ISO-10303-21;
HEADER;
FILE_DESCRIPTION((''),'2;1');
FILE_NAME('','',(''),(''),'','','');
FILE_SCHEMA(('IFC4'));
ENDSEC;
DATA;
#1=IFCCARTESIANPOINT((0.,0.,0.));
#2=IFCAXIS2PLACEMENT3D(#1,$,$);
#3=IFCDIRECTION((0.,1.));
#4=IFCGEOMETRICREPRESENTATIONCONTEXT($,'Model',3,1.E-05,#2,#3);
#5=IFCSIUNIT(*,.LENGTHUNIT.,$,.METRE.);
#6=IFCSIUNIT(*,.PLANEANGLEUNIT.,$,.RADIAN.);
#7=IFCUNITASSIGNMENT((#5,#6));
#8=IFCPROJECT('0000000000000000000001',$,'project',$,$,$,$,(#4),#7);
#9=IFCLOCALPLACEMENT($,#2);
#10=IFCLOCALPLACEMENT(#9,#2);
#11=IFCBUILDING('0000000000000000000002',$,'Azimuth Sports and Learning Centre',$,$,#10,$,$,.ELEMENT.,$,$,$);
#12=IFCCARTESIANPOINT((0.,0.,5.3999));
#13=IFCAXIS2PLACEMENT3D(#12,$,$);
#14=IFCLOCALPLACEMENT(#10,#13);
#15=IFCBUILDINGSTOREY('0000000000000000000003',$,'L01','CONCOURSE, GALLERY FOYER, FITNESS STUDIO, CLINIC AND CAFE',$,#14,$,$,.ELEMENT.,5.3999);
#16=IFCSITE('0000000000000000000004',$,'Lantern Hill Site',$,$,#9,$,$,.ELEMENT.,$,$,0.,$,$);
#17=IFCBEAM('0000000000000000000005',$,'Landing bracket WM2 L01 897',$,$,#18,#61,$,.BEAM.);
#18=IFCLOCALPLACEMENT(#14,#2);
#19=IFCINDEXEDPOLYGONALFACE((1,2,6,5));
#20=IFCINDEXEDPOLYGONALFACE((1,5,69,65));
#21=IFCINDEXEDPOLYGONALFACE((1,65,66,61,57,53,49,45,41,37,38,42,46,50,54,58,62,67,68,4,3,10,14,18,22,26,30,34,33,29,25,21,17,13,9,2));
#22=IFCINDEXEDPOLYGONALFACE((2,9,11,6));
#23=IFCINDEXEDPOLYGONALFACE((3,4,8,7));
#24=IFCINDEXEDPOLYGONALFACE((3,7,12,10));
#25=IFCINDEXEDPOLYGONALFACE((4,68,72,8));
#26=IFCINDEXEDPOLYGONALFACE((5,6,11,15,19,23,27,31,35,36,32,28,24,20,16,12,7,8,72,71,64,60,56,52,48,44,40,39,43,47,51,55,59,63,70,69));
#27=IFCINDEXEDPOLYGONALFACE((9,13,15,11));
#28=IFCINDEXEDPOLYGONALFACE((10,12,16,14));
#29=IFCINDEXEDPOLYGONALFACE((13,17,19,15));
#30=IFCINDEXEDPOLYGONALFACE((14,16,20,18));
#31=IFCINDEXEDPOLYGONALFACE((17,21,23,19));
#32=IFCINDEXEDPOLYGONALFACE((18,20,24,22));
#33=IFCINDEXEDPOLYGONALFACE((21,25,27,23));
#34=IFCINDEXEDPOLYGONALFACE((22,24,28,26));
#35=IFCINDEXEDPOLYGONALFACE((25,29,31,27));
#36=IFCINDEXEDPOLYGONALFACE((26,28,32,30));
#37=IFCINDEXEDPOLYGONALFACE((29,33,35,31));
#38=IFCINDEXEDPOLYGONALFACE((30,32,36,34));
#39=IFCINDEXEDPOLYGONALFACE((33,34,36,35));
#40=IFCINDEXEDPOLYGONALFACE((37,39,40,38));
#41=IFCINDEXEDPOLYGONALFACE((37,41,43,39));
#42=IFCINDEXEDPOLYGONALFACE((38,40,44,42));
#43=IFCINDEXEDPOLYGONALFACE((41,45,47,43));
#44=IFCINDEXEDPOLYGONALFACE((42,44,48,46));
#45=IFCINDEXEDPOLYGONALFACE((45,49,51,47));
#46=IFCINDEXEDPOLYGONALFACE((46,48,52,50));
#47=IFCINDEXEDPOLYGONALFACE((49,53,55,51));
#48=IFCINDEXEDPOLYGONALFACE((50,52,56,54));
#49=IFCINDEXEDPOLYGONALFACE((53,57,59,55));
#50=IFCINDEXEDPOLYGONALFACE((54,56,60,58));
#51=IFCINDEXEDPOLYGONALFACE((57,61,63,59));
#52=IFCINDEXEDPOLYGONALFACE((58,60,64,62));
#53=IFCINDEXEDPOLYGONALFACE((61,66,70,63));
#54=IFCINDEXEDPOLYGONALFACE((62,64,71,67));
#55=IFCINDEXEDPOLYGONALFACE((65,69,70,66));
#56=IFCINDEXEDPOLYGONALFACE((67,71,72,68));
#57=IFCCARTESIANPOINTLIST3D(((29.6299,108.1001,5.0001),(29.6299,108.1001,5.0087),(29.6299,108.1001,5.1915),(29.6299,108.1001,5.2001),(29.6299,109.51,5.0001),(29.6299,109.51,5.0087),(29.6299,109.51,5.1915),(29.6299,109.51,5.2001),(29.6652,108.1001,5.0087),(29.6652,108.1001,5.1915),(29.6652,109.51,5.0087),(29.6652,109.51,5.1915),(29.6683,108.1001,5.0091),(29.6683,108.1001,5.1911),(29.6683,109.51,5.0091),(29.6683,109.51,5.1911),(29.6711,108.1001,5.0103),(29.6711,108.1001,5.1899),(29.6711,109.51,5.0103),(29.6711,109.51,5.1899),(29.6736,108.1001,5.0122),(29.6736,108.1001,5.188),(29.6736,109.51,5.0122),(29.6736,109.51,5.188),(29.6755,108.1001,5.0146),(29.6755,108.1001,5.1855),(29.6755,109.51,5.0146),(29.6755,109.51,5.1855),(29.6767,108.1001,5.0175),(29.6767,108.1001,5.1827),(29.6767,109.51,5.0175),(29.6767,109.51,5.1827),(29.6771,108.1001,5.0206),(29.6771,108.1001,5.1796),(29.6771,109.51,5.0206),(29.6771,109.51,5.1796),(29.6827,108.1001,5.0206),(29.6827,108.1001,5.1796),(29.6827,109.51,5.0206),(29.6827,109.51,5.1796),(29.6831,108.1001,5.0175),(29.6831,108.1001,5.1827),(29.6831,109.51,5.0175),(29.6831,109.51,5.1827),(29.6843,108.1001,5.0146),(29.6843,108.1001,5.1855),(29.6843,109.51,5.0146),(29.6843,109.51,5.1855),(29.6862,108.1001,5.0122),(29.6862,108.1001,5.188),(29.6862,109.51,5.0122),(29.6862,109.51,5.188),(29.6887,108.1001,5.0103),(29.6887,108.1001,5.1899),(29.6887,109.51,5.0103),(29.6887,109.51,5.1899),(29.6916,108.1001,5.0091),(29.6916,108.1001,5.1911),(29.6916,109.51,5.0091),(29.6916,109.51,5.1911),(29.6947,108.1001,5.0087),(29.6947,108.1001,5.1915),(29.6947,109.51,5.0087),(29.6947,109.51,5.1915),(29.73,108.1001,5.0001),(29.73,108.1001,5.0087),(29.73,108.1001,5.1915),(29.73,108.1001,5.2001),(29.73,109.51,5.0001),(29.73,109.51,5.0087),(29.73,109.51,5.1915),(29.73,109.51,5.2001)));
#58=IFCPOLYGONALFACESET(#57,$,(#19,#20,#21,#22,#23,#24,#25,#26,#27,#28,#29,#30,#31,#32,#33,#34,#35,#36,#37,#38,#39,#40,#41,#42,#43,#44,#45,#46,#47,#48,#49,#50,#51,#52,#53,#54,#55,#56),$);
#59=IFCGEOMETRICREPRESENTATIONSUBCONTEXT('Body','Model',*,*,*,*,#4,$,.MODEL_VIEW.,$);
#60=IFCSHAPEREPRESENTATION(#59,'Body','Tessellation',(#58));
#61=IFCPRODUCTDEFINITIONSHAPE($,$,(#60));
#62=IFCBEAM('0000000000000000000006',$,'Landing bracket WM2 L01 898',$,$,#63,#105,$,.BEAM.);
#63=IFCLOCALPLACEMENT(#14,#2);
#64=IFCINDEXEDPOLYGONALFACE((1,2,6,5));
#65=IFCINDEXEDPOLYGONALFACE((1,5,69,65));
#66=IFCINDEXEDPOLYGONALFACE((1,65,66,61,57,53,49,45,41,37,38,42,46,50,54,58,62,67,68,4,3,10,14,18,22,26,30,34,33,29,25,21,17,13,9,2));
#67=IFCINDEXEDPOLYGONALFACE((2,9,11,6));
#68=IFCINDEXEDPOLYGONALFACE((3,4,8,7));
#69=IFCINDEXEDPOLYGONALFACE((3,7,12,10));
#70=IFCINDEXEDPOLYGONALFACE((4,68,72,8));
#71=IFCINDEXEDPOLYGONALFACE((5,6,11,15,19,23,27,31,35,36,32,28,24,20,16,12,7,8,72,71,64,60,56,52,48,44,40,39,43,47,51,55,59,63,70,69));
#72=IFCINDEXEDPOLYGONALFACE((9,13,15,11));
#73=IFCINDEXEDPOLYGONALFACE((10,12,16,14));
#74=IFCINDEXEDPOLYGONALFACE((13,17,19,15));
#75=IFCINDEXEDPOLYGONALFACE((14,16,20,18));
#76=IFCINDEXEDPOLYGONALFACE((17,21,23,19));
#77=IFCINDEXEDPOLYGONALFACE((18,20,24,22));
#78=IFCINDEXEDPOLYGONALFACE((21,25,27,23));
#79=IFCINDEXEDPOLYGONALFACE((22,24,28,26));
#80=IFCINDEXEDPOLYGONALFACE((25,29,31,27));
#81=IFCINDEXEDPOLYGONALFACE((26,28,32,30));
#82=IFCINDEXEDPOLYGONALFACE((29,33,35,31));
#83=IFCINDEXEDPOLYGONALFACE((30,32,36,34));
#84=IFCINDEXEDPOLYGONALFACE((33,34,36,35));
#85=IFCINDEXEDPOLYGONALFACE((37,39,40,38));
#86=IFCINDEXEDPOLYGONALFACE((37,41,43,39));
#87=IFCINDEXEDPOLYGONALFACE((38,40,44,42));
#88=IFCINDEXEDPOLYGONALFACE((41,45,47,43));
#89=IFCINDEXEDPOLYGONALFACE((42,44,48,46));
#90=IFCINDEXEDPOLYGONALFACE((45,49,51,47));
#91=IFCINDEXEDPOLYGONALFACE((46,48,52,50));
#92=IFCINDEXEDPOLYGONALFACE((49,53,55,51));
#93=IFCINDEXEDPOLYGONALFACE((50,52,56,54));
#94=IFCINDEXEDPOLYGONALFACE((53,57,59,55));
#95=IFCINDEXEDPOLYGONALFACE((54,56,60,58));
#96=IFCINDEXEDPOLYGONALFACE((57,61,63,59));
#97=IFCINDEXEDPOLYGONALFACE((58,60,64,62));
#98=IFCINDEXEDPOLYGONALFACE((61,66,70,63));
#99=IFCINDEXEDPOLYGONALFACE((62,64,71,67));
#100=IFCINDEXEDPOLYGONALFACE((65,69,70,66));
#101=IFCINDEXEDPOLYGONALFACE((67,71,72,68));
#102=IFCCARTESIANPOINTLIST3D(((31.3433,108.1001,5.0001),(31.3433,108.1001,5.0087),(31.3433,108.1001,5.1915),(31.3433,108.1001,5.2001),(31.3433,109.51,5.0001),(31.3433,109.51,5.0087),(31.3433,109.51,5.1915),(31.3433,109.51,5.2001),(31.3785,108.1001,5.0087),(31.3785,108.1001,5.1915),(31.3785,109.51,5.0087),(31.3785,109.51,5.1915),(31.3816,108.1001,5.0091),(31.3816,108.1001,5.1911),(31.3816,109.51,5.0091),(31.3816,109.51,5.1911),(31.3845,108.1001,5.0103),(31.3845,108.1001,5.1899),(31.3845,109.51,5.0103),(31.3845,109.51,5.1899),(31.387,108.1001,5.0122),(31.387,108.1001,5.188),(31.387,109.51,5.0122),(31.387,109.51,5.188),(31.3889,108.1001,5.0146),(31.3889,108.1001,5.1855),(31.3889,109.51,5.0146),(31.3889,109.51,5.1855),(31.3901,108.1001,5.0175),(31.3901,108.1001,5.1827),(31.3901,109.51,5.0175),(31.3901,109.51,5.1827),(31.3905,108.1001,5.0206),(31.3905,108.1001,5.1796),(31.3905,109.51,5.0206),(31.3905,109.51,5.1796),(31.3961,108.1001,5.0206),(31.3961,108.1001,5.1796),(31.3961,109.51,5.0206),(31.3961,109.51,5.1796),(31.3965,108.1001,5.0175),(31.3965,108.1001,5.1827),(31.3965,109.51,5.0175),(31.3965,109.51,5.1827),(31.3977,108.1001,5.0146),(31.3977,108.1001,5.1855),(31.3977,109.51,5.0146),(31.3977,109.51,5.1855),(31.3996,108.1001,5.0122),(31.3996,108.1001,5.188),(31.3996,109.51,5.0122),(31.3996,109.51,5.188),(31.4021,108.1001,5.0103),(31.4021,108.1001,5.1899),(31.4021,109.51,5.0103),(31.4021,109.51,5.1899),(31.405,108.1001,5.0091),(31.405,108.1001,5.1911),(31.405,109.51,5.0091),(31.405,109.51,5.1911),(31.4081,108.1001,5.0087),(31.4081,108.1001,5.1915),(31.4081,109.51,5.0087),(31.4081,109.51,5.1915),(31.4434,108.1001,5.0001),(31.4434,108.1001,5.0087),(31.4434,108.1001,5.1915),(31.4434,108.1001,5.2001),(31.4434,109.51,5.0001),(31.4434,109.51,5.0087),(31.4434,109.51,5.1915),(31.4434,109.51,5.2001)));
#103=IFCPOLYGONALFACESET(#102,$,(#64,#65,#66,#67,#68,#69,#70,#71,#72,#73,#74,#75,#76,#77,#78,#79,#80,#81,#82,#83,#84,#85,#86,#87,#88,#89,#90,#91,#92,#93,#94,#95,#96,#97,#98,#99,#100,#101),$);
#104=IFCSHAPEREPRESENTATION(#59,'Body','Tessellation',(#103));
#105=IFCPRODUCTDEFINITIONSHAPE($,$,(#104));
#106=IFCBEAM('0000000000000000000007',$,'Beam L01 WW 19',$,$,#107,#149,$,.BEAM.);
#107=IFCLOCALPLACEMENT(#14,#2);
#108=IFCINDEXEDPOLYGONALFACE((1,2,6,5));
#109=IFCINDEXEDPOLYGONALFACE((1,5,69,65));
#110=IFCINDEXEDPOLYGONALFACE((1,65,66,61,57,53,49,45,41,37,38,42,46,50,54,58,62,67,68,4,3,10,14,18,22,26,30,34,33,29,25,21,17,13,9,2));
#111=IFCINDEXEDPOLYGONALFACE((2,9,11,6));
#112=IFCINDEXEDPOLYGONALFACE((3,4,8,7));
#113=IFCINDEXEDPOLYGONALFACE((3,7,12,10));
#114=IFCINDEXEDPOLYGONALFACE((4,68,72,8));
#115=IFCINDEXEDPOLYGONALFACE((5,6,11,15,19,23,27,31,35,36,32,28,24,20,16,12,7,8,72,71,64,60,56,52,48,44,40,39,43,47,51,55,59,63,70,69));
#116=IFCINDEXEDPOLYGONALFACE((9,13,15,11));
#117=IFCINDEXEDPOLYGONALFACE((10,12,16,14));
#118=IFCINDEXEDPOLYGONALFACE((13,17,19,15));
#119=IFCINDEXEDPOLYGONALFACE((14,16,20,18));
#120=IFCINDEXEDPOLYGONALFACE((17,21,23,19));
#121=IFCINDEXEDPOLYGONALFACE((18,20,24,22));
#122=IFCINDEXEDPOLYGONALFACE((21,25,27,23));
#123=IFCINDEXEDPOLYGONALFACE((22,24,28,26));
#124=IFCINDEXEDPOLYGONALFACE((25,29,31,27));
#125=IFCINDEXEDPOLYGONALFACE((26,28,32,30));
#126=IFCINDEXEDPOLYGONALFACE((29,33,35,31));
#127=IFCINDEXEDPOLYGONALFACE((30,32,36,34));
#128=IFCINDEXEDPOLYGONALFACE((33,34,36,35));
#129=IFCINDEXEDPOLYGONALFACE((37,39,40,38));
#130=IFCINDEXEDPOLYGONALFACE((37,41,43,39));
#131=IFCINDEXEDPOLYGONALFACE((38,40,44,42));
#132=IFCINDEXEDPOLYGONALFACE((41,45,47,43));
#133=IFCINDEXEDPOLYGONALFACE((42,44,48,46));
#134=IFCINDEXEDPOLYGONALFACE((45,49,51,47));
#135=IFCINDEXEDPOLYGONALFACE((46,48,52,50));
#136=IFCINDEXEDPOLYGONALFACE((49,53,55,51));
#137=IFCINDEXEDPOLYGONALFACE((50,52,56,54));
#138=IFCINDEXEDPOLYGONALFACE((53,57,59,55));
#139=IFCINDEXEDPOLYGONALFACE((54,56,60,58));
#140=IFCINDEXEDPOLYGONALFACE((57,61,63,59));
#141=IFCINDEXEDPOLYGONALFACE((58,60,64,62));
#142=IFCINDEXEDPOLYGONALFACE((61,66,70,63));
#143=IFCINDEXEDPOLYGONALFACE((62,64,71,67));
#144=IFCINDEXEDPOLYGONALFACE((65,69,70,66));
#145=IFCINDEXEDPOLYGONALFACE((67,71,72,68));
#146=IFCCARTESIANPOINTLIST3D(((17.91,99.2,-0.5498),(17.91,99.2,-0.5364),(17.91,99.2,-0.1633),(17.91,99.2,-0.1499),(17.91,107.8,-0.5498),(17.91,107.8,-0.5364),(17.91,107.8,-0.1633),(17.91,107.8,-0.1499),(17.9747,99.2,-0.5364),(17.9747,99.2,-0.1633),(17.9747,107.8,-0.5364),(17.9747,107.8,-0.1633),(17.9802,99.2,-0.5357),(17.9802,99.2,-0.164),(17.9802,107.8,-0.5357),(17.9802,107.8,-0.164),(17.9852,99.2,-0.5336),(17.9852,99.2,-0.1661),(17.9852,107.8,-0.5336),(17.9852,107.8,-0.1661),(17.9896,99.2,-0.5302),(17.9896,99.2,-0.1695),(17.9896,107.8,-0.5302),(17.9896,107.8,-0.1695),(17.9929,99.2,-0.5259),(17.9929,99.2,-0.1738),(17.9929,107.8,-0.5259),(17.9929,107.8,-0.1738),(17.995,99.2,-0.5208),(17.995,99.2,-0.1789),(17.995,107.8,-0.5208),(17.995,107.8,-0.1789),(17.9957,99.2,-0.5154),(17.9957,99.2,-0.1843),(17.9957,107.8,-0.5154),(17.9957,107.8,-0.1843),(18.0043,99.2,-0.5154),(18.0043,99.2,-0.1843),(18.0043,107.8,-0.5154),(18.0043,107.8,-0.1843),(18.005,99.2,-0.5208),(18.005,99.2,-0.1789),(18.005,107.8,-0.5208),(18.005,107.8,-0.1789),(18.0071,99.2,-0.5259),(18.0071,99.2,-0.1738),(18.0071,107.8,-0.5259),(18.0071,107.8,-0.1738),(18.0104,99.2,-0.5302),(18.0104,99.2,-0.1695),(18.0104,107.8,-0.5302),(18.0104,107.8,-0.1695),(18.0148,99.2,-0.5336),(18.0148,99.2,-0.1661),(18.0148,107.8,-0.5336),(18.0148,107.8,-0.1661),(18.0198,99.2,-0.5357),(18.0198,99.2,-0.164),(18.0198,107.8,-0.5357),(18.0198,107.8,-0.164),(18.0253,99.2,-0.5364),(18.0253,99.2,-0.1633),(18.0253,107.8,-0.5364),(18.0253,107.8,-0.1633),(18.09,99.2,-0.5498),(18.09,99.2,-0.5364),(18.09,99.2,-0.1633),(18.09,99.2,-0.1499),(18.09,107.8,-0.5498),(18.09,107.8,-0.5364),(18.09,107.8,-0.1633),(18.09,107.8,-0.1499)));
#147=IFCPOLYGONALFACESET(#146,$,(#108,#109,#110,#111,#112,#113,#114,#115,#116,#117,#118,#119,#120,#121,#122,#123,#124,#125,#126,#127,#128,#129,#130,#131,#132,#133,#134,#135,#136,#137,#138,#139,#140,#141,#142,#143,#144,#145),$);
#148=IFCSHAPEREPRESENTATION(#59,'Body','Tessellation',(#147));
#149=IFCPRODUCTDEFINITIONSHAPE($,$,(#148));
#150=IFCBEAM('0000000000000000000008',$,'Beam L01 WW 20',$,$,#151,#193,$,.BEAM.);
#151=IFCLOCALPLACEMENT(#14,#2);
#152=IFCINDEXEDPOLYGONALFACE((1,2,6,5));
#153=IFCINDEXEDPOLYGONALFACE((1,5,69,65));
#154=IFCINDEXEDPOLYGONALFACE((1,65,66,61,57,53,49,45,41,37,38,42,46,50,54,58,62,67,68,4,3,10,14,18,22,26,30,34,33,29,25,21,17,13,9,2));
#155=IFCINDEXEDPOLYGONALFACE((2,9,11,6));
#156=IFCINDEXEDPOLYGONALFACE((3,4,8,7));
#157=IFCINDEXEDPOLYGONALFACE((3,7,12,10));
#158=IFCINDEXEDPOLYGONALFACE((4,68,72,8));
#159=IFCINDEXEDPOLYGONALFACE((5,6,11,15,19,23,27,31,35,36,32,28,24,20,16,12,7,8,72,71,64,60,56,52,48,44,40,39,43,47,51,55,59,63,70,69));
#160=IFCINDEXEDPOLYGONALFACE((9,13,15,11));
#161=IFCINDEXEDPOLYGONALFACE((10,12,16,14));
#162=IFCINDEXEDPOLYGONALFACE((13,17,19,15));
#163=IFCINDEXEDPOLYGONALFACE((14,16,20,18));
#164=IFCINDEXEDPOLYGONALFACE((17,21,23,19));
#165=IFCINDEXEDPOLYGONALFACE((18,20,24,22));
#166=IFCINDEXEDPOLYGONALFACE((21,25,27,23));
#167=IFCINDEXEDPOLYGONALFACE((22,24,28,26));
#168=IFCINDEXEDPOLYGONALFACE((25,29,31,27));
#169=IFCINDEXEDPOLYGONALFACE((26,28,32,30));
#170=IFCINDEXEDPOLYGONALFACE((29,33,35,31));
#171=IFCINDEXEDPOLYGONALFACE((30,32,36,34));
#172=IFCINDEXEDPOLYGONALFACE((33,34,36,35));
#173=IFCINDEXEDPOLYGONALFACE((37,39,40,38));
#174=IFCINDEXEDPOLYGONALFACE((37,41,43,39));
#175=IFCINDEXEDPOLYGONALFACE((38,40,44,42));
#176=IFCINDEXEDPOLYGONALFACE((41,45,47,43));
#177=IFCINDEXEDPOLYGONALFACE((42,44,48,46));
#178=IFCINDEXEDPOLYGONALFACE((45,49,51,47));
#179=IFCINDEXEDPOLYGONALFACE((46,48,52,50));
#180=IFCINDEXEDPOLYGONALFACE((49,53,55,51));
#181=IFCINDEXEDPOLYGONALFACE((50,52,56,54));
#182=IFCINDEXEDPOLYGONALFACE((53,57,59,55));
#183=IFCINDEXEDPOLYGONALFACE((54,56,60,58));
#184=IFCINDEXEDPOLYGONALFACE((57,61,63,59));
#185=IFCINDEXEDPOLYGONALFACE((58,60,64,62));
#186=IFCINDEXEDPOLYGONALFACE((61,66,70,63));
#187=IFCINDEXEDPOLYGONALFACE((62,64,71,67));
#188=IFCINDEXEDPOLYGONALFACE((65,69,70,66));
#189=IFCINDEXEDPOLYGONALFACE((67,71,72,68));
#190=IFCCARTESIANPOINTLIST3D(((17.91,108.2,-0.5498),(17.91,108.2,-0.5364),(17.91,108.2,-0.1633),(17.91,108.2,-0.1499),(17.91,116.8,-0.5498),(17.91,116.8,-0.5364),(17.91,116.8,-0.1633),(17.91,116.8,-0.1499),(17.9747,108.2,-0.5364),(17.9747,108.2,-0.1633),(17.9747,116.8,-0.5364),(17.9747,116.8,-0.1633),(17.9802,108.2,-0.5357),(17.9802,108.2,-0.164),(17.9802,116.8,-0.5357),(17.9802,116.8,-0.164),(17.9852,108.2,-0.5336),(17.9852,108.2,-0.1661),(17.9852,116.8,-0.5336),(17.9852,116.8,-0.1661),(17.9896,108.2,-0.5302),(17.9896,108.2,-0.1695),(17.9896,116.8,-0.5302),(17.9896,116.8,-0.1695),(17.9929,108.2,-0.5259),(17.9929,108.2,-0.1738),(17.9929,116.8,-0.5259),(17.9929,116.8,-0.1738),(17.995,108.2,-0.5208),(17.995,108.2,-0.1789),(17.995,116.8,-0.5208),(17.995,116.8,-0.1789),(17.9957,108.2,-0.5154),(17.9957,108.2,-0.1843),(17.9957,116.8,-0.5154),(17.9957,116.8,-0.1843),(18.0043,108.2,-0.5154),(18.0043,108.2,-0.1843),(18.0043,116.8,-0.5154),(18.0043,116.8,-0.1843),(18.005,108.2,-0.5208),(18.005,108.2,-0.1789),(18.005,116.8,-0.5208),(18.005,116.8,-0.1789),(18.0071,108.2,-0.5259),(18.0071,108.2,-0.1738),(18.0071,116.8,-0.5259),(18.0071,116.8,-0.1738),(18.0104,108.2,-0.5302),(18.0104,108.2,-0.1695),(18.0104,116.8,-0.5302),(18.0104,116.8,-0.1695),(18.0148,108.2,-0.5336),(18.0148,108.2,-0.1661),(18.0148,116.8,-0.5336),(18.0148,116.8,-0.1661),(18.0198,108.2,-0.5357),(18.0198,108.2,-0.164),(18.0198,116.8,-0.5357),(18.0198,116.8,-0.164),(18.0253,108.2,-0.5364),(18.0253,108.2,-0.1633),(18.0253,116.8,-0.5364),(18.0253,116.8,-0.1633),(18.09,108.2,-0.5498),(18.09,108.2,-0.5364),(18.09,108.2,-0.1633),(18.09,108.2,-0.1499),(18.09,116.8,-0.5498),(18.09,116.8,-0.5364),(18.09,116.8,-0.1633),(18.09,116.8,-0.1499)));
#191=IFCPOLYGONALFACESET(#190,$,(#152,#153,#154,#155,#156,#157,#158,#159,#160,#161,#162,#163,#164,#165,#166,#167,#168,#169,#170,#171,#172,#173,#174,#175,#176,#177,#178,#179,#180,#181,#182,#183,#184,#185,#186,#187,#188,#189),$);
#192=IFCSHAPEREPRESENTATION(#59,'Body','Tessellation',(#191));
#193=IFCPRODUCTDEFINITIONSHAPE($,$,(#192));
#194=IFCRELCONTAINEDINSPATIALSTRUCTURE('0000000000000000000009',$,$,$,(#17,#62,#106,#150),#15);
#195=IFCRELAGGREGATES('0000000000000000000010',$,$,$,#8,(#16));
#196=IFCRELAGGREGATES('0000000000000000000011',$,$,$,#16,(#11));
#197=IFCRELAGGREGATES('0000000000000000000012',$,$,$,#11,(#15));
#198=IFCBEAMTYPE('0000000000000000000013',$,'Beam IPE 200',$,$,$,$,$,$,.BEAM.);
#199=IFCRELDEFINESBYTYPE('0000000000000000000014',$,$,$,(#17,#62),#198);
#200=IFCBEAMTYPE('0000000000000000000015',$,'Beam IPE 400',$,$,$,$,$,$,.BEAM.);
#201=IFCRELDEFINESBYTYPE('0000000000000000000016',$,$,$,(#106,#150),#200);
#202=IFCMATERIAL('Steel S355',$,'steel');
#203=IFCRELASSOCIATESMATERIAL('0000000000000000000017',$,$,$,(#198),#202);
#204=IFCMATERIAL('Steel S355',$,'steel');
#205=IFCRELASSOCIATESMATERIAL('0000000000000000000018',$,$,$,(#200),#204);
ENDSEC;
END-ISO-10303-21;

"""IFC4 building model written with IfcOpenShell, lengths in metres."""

from ifc_helpers import new_model, si_unit, direction, frame, origin, origin_2d, place, context, subcontext, project, spatial, i_section, extrude, material, material_profile, profile_set, type_object, element, save


model = new_model("IFC4")

# Units and contexts
model_context = context("Model", 3, precision=1e-05, world=origin(), true_north=direction((0.0, 1.0)))
body_context = subcontext(model_context, "Body", "Model", "MODEL_VIEW")
ifc_project = project(units=[si_unit("LENGTHUNIT", "METRE"), si_unit("PLANEANGLEUNIT", "RADIAN")], contexts=[model_context])

# Site, building, storey
site_placement = place(None, origin())
site = spatial("IfcSite", under=ifc_project, at=site_placement, Name="Lantern Hill Site", CompositionType="ELEMENT", RefElevation=0.0)
building_placement = place(site_placement, origin())
building = spatial("IfcBuilding", under=site, at=building_placement, Name="Azimuth Sports and Learning Centre", CompositionType="ELEMENT")
storey_placement = place(building_placement, frame((0.0, 0.0, 5.3999)))
storey = spatial("IfcBuildingStorey", under=building, at=storey_placement, Name="L01", Description="CONCOURSE, GALLERY FOYER, FITNESS STUDIO, CLINIC AND CAFE", CompositionType="ELEMENT", Elevation=5.3999)

# Beams
ifc_material_1 = material(Name="Steel S355", Category="steel")
ifc_material_profile_1 = material_profile(ifc_material_1, i_section(OverallWidth=0.1001, OverallDepth=0.2, WebThickness=0.0056, FlangeThickness=0.0085, FilletRadius=0.012, at=origin_2d()), Name="IPE 200")
ifc_profile_set_1 = profile_set([ifc_material_profile_1], Name="Steel S355")
beam_type_1 = type_object("IfcBeamType", Name="Beam IPE 200", PredefinedType="BEAM", material=ifc_profile_set_1)
for number, where, z_axis, x_axis, name in (
    (1, (29.6799, 108.1001, 5.1001), (0.0, 1.0, 0.0), (-1.0, 0.0, 0.0), "Landing bracket WM2 L01 897"),
    (2, (31.3933, 108.1001, 5.1001), (0.0, 1.0, 0.0), (-1.0, 0.0, 0.0), "Landing bracket WM2 L01 898"),
):
    element("IfcBeam", number, at=place(storey_placement, frame(where, z_axis=z_axis, x_axis=x_axis)), inside=storey, type_object=beam_type_1, Name=name, PredefinedType="BEAM", context=body_context, shape_type="SweptSolid", body=[
        extrude(i_section(OverallWidth=0.1001, OverallDepth=0.2, WebThickness=0.0056, FlangeThickness=0.0085, FilletRadius=0.012, at=origin_2d()), origin(), (0.0, 0.0, 1.0), 1.4099),
    ])
ifc_material_2 = material(Name="Steel S355", Category="steel")
ifc_material_profile_2 = material_profile(ifc_material_2, i_section(OverallWidth=0.1799, OverallDepth=0.3999, WebThickness=0.0085, FlangeThickness=0.0134, FilletRadius=0.021, at=origin_2d()), Name="IPE 400")
ifc_profile_set_2 = profile_set([ifc_material_profile_2], Name="Steel S355")
beam_type_2 = type_object("IfcBeamType", Name="Beam IPE 400", PredefinedType="BEAM", material=ifc_profile_set_2)
for number, where, z_axis, x_axis, name in (
    (3, (18.0, 99.2, -0.3499), (0.0, 1.0, 0.0), (-1.0, 0.0, 0.0), "Beam L01 WW 19"),
    (4, (18.0, 108.2, -0.3499), (0.0, 1.0, 0.0), (-1.0, 0.0, 0.0), "Beam L01 WW 20"),
):
    element("IfcBeam", number, at=place(storey_placement, frame(where, z_axis=z_axis, x_axis=x_axis)), inside=storey, type_object=beam_type_2, Name=name, PredefinedType="BEAM", context=body_context, shape_type="SweptSolid", body=[
        extrude(i_section(OverallWidth=0.1799, OverallDepth=0.3999, WebThickness=0.0085, FlangeThickness=0.0134, FilletRadius=0.021, at=origin_2d()), origin(), (0.0, 0.0, 1.0), 8.6001),
    ])

save(model, "model.ifc")
